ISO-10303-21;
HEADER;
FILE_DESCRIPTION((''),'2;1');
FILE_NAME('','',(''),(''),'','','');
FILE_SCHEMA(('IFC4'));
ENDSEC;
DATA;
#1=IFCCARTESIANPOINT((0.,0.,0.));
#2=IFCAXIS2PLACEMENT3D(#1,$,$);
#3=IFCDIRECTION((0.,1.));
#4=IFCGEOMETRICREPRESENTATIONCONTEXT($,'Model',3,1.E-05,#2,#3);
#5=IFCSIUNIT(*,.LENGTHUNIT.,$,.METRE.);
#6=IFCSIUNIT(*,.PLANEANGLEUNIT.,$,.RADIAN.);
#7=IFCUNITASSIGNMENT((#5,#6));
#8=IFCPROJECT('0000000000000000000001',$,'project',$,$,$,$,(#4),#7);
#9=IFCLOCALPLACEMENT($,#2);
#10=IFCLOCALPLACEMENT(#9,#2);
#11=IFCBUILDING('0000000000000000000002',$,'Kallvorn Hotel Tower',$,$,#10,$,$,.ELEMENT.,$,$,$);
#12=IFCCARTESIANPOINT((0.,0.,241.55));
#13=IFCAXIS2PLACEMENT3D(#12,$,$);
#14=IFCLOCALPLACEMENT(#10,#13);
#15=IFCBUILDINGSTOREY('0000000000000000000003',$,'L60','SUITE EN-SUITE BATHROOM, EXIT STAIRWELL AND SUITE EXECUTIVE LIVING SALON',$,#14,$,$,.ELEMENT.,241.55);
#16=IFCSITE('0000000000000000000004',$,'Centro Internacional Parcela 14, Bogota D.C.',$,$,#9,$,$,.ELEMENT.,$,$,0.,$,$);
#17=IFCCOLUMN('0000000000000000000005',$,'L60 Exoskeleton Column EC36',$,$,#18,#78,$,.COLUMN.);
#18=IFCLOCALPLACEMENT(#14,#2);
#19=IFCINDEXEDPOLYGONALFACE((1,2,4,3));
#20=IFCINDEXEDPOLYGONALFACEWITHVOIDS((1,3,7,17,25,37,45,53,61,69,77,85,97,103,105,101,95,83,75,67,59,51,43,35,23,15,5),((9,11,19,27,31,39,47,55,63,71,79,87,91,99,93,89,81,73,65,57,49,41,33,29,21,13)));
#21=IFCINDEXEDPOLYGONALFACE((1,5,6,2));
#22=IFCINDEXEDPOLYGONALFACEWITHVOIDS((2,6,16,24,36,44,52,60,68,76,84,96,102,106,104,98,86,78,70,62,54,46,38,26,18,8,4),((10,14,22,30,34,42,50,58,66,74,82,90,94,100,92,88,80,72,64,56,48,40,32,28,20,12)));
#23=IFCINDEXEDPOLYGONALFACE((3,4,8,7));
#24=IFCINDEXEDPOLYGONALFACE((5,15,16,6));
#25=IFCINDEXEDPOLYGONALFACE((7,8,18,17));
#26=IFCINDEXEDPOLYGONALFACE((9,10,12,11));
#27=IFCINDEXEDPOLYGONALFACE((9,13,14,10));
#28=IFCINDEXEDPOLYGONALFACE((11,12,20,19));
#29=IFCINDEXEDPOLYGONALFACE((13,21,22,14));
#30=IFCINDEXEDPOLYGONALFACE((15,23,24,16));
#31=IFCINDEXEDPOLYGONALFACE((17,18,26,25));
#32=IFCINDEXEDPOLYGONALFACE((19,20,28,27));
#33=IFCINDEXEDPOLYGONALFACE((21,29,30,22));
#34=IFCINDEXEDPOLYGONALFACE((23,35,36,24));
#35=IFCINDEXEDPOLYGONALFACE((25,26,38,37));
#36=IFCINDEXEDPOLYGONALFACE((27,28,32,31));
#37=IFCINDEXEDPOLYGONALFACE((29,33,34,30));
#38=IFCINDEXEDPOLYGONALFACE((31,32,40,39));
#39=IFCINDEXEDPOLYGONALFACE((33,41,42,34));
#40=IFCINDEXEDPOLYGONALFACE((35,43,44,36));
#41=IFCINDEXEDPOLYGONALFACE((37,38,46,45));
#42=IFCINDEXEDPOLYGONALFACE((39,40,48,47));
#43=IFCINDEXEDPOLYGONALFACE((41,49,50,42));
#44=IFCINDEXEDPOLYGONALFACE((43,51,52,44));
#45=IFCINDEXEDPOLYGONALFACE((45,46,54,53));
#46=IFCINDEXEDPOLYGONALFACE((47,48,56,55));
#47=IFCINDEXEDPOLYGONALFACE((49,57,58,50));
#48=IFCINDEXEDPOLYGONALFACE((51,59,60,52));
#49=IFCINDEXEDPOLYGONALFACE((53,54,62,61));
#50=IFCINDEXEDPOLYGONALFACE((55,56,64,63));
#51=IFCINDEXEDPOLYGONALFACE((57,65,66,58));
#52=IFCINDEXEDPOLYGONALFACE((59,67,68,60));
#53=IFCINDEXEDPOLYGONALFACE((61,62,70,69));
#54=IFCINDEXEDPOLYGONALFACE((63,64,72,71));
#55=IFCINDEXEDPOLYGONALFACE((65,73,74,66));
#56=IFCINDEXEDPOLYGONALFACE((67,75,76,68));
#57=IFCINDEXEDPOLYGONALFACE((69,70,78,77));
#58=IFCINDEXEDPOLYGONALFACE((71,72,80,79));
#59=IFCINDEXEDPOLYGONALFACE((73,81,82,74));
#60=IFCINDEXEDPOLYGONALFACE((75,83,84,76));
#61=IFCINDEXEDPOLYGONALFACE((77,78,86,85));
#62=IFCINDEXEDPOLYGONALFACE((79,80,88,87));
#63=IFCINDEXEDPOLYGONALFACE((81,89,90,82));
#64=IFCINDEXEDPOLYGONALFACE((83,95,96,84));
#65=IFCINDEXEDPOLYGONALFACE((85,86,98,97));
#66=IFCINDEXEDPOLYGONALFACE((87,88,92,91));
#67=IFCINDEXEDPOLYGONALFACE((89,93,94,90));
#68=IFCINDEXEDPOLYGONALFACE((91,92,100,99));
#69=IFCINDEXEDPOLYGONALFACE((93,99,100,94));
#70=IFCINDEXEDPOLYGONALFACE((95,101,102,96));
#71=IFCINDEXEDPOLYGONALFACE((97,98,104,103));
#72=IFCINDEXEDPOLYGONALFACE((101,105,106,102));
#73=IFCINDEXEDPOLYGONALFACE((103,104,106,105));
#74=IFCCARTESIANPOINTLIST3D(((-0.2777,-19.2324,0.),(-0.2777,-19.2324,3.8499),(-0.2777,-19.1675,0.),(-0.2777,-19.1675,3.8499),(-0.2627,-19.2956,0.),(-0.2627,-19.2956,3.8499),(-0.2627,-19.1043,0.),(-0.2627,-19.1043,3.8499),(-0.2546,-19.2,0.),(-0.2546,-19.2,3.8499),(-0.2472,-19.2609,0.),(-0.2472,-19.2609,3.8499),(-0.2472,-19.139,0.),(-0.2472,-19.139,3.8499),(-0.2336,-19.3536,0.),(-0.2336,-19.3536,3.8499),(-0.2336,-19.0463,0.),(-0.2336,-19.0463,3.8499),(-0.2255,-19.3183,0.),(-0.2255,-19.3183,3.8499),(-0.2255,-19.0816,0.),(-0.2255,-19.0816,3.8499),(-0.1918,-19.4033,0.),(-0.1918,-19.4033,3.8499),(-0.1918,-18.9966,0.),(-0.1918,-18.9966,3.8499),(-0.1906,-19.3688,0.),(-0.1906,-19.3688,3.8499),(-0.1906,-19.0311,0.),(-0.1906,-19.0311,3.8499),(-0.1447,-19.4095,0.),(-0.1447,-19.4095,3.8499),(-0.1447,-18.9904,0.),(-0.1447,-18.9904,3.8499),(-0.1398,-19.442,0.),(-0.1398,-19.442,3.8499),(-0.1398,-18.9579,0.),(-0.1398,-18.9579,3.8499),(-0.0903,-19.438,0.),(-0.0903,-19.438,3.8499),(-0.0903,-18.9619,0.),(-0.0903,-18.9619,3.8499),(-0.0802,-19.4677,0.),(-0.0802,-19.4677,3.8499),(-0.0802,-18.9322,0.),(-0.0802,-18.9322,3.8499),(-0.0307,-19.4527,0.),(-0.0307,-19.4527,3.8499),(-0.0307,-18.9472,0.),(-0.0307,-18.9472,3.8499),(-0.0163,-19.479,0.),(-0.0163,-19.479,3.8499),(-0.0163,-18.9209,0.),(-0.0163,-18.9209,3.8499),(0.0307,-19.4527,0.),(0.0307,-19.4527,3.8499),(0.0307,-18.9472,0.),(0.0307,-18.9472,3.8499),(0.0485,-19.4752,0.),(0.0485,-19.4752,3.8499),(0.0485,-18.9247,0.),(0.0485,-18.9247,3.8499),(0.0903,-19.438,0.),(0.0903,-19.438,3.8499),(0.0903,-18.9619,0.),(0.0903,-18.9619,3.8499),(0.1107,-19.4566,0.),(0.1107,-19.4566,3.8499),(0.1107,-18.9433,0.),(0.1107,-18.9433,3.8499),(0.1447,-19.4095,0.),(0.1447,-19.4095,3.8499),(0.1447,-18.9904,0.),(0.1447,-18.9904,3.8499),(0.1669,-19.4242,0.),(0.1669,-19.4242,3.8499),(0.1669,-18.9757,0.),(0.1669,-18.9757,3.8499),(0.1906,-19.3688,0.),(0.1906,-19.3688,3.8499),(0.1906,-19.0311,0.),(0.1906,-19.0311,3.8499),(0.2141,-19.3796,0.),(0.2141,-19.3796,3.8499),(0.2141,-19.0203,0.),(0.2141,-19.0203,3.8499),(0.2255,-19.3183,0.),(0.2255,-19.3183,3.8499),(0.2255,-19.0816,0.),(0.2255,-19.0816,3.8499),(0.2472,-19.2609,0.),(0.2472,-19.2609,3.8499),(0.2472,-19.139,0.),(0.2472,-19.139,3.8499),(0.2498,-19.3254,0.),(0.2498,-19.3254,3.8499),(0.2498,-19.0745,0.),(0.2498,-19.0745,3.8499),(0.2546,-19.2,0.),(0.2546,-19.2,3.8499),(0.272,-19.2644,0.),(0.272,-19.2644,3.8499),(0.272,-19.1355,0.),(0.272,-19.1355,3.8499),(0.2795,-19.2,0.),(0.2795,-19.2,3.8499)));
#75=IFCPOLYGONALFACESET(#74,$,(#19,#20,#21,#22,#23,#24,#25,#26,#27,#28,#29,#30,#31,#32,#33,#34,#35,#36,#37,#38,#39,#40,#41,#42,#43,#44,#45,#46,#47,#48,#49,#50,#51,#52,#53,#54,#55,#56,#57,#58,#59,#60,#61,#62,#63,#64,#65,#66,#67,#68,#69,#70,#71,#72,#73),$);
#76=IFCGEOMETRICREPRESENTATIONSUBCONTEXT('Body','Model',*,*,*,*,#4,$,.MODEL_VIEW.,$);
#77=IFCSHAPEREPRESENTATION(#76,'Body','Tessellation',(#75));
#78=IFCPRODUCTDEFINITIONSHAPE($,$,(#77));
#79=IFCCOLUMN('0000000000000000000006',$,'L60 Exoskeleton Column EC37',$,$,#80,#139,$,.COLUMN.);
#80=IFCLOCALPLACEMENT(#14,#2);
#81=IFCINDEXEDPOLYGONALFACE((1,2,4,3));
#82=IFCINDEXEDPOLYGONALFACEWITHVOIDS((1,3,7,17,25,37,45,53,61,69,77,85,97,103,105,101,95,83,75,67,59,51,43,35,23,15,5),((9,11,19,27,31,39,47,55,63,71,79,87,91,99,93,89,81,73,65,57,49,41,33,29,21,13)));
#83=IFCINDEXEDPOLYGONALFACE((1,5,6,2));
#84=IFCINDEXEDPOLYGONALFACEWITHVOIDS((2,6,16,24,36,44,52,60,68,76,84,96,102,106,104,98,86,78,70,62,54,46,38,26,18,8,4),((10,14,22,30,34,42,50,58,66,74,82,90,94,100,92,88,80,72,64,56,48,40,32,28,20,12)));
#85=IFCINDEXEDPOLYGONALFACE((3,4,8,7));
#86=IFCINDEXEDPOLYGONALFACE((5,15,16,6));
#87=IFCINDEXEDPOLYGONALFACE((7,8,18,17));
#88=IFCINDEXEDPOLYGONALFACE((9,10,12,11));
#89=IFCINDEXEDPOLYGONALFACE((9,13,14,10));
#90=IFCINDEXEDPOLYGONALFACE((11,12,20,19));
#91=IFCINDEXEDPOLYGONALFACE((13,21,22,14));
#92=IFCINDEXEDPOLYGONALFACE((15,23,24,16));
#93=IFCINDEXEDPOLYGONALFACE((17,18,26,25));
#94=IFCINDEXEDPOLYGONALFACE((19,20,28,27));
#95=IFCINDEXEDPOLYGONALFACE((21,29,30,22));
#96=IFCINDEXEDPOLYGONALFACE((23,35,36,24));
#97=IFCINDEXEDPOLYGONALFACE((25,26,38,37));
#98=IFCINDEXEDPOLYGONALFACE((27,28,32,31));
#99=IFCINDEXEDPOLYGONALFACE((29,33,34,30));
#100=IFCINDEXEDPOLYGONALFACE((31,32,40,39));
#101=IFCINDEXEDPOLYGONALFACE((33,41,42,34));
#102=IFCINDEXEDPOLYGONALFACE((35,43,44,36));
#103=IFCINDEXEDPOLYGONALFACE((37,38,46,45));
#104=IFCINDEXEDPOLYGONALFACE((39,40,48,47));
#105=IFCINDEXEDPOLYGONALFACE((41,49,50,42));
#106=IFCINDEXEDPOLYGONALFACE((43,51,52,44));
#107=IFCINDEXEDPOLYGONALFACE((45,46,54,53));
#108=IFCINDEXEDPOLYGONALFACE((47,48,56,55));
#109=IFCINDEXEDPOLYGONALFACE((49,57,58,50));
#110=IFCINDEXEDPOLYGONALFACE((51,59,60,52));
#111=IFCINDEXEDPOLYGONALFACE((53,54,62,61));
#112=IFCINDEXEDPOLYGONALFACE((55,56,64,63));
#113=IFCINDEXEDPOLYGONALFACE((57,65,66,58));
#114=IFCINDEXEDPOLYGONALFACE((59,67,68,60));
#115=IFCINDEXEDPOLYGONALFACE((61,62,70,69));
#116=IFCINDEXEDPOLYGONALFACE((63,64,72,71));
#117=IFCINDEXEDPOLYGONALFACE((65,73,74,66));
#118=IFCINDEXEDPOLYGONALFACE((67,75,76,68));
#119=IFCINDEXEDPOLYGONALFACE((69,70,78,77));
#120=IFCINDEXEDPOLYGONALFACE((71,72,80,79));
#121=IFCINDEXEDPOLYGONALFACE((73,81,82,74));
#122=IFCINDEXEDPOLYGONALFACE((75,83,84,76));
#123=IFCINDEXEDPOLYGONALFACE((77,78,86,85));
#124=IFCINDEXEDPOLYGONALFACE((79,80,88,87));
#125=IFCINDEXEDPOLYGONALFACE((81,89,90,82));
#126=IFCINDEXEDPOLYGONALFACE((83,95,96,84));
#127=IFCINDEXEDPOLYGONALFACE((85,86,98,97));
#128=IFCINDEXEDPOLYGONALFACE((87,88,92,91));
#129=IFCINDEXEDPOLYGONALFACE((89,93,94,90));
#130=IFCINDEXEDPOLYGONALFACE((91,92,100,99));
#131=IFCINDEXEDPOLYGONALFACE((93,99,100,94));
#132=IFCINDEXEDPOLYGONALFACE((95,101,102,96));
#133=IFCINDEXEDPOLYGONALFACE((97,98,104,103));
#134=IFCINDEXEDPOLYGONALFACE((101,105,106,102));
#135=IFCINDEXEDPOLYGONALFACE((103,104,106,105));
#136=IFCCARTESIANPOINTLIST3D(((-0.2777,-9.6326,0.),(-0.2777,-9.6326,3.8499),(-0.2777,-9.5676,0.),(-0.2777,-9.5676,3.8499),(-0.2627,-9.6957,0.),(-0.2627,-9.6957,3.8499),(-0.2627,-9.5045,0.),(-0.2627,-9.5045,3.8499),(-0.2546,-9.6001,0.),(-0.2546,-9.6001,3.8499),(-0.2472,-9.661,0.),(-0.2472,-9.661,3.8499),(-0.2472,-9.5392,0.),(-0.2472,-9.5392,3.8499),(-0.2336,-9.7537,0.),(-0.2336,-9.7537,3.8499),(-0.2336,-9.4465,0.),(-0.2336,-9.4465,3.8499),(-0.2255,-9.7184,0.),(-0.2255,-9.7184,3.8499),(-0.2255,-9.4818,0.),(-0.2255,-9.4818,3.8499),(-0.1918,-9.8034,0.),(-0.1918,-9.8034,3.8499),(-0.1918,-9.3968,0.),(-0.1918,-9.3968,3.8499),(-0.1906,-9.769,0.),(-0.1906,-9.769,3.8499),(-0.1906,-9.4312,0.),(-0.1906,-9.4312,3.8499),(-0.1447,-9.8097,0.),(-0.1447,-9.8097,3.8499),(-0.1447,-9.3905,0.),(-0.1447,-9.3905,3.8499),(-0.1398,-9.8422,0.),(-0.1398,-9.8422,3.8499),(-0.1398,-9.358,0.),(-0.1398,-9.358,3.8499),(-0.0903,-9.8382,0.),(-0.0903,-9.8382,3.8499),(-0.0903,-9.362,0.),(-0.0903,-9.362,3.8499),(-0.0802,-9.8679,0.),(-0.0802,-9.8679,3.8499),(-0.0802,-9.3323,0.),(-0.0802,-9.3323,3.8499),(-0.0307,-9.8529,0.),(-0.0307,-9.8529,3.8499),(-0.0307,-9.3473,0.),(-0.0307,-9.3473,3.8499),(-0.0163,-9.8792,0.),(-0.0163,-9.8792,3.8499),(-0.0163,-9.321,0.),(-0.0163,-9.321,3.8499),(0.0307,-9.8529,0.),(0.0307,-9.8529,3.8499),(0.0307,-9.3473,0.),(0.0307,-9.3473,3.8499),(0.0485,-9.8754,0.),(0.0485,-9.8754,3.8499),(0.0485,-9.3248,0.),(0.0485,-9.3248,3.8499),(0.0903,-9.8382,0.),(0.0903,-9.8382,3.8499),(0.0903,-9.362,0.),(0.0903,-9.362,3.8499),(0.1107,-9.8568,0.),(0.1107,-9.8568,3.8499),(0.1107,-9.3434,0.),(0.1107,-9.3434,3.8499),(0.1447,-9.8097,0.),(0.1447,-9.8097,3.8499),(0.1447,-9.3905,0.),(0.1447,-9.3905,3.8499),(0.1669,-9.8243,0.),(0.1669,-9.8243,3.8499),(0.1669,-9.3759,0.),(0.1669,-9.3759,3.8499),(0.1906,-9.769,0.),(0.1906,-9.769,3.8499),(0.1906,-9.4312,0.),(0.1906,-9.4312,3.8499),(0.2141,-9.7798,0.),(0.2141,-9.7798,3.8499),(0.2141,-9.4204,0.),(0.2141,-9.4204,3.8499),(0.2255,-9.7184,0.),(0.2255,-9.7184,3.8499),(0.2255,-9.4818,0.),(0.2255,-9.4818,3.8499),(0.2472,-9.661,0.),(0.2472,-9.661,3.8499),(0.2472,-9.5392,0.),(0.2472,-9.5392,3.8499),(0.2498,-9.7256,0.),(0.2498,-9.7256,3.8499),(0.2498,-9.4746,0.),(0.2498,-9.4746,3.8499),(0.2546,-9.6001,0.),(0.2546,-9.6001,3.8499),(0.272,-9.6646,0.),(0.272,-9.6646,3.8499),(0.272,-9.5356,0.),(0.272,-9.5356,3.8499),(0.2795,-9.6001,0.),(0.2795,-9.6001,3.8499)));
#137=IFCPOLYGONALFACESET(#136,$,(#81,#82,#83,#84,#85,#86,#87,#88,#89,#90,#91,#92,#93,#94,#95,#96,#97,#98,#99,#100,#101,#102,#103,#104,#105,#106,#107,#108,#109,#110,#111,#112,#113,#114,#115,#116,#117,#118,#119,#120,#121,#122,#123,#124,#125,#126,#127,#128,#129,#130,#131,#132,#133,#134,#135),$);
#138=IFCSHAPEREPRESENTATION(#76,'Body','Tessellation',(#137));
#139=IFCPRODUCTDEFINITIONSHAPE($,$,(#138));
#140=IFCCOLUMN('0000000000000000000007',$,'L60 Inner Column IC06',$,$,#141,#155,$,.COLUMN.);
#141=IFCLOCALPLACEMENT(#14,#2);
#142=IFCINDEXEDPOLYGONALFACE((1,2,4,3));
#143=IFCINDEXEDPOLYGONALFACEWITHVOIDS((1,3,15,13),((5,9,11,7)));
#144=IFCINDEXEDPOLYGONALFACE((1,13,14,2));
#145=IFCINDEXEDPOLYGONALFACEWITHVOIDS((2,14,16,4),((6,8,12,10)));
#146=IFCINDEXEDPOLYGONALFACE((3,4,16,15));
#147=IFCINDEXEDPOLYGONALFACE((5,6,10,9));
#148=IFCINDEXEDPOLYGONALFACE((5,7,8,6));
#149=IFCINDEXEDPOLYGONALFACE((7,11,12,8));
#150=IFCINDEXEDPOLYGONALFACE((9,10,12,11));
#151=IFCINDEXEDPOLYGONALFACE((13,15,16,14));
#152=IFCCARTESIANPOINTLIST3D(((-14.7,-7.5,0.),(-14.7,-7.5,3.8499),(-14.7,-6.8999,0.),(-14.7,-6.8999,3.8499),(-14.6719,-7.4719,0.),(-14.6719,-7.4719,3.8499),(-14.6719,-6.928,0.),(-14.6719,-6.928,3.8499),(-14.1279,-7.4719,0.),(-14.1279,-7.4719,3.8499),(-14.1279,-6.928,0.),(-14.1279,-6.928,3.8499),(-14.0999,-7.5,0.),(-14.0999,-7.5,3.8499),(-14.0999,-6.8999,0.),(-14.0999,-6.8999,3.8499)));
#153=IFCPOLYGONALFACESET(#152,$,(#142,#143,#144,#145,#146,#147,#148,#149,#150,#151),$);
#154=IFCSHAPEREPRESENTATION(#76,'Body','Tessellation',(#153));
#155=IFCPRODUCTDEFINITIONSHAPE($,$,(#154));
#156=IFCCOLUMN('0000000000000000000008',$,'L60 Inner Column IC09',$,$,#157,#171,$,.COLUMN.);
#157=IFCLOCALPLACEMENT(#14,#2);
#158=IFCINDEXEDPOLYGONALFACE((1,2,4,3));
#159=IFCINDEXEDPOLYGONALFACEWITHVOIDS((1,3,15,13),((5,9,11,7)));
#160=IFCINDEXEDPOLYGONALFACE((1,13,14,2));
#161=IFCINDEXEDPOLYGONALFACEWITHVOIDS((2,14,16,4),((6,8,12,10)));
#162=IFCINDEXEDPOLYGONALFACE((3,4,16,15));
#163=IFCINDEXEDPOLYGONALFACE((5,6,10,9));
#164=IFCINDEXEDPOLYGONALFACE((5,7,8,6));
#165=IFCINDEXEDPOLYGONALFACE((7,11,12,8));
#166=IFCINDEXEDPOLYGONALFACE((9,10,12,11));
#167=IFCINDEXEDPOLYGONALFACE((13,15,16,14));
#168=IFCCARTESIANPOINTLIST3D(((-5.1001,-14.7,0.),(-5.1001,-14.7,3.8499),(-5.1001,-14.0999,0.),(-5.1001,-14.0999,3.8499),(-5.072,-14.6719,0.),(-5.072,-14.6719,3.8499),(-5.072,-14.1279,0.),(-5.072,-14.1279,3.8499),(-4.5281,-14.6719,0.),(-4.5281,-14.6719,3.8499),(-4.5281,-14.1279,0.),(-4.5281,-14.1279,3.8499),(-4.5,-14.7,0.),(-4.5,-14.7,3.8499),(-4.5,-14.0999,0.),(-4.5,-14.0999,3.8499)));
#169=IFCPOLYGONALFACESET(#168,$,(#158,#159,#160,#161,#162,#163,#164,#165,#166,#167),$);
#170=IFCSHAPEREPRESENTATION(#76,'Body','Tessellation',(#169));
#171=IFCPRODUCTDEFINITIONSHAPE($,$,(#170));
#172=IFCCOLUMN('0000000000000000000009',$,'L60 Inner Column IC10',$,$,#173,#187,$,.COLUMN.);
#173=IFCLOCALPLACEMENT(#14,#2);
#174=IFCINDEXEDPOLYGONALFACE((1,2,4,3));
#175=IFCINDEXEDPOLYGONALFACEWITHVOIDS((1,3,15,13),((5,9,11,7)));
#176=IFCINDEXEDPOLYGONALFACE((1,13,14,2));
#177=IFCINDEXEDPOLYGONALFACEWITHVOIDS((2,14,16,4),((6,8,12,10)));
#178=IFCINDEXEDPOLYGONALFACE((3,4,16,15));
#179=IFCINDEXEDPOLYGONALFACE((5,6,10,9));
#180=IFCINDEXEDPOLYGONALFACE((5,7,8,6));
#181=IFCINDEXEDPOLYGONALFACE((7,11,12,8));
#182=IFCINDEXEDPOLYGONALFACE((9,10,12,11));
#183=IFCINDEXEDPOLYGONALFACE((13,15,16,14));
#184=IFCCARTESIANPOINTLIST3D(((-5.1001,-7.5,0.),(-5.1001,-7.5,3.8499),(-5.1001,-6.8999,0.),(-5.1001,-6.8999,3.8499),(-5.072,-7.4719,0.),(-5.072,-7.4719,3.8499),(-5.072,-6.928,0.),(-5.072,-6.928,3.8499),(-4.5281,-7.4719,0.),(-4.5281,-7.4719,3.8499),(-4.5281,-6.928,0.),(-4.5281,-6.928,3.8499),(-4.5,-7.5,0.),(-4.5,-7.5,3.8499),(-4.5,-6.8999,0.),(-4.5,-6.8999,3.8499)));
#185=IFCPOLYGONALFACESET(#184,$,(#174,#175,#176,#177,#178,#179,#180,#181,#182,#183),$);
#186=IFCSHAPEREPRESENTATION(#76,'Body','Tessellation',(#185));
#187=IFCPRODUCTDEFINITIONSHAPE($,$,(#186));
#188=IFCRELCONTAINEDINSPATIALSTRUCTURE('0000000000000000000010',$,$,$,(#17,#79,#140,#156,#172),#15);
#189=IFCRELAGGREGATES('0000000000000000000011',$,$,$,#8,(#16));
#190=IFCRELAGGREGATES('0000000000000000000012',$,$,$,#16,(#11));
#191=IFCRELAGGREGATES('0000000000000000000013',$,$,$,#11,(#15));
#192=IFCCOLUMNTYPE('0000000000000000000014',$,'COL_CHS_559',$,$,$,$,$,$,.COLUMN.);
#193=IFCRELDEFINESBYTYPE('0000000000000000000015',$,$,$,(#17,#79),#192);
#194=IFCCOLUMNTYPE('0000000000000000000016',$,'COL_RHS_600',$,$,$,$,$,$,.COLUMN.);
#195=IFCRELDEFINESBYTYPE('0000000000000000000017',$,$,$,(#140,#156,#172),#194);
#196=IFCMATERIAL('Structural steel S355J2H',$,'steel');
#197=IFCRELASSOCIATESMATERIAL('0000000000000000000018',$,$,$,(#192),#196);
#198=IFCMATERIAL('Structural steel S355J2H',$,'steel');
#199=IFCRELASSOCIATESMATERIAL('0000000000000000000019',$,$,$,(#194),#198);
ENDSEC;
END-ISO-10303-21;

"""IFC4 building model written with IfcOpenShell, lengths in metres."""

from ifc_helpers import new_model, si_unit, direction, frame, origin, origin_2d, place, context, subcontext, project, spatial, hollow_rectangle, hollow_circle, extrude, material, material_profile, profile_set, type_object, element, save


model = new_model("IFC4")

# Units and contexts
model_context = context("Model", 3, precision=1e-05, world=origin(), true_north=direction((0.0, 1.0)))
body_context = subcontext(model_context, "Body", "Model", "MODEL_VIEW")
ifc_project = project(units=[si_unit("LENGTHUNIT", "METRE"), si_unit("PLANEANGLEUNIT", "RADIAN")], contexts=[model_context])

# Site, building, storey
site_placement = place(None, origin())
site = spatial("IfcSite", under=ifc_project, at=site_placement, Name="Centro Internacional Parcela 14, Bogota D.C.", CompositionType="ELEMENT", RefElevation=0.0)
building_placement = place(site_placement, origin())
building = spatial("IfcBuilding", under=site, at=building_placement, Name="Kallvorn Hotel Tower", CompositionType="ELEMENT")
storey_placement = place(building_placement, frame((0.0, 0.0, 241.55)))
storey = spatial("IfcBuildingStorey", under=building, at=storey_placement, Name="L60", Description="SUITE EN-SUITE BATHROOM, EXIT STAIRWELL AND SUITE EXECUTIVE LIVING SALON", CompositionType="ELEMENT", Elevation=241.55)

# Columns
ifc_material_1 = material(Name="Structural steel S355J2H", Category="steel")
ifc_material_profile_1 = material_profile(ifc_material_1, hollow_circle(Radius=0.2795, WallThickness=0.0249, at=origin_2d()), Name="CHS 559x25")
ifc_profile_set_1 = profile_set([ifc_material_profile_1], Name="Structural steel S355J2H")
column_type_1 = type_object("IfcColumnType", Name="COL_CHS_559", PredefinedType="COLUMN", material=ifc_profile_set_1)
for number, where, z_axis, x_axis, name in (
    (1, (0.0, -19.2, 0.0), (0.0, 0.0, 1.0), (1.0, 0.0, 0.0), "L60 Exoskeleton Column EC36"),
    (2, (0.0, -9.6001, 0.0), (0.0, 0.0, 1.0), (1.0, 0.0, 0.0), "L60 Exoskeleton Column EC37"),
):
    element("IfcColumn", number, at=place(storey_placement, frame(where, z_axis=z_axis, x_axis=x_axis)), inside=storey, type_object=column_type_1, Name=name, PredefinedType="COLUMN", context=body_context, shape_type="SweptSolid", body=[
        extrude(hollow_circle(Radius=0.2795, WallThickness=0.0249, at=origin_2d()), origin(), (0.0, 0.0, 1.0), 3.8499),
    ])
ifc_material_2 = material(Name="Structural steel S355J2H", Category="steel")
ifc_material_profile_2 = material_profile(ifc_material_2, hollow_rectangle(XDim=0.6001, YDim=0.6001, WallThickness=0.0281, at=origin_2d()), Name="RHS 600x600x28")
ifc_profile_set_2 = profile_set([ifc_material_profile_2], Name="Structural steel S355J2H")
column_type_2 = type_object("IfcColumnType", Name="COL_RHS_600", PredefinedType="COLUMN", material=ifc_profile_set_2)
for number, where, z_axis, x_axis, name in (
    (3, (-14.3999, -7.2, 0.0), (0.0, 0.0, 1.0), (1.0, 0.0, 0.0), "L60 Inner Column IC06"),
    (4, (-4.8, -14.3999, 0.0), (0.0, 0.0, 1.0), (1.0, 0.0, 0.0), "L60 Inner Column IC09"),
    (5, (-4.8, -7.2, 0.0), (0.0, 0.0, 1.0), (1.0, 0.0, 0.0), "L60 Inner Column IC10"),
):
    element("IfcColumn", number, at=place(storey_placement, frame(where, z_axis=z_axis, x_axis=x_axis)), inside=storey, type_object=column_type_2, Name=name, PredefinedType="COLUMN", context=body_context, shape_type="SweptSolid", body=[
        extrude(hollow_rectangle(XDim=0.6001, YDim=0.6001, WallThickness=0.0281, at=origin_2d()), origin(), (0.0, 0.0, 1.0), 3.8499),
    ])

save(model, "model.ifc")
